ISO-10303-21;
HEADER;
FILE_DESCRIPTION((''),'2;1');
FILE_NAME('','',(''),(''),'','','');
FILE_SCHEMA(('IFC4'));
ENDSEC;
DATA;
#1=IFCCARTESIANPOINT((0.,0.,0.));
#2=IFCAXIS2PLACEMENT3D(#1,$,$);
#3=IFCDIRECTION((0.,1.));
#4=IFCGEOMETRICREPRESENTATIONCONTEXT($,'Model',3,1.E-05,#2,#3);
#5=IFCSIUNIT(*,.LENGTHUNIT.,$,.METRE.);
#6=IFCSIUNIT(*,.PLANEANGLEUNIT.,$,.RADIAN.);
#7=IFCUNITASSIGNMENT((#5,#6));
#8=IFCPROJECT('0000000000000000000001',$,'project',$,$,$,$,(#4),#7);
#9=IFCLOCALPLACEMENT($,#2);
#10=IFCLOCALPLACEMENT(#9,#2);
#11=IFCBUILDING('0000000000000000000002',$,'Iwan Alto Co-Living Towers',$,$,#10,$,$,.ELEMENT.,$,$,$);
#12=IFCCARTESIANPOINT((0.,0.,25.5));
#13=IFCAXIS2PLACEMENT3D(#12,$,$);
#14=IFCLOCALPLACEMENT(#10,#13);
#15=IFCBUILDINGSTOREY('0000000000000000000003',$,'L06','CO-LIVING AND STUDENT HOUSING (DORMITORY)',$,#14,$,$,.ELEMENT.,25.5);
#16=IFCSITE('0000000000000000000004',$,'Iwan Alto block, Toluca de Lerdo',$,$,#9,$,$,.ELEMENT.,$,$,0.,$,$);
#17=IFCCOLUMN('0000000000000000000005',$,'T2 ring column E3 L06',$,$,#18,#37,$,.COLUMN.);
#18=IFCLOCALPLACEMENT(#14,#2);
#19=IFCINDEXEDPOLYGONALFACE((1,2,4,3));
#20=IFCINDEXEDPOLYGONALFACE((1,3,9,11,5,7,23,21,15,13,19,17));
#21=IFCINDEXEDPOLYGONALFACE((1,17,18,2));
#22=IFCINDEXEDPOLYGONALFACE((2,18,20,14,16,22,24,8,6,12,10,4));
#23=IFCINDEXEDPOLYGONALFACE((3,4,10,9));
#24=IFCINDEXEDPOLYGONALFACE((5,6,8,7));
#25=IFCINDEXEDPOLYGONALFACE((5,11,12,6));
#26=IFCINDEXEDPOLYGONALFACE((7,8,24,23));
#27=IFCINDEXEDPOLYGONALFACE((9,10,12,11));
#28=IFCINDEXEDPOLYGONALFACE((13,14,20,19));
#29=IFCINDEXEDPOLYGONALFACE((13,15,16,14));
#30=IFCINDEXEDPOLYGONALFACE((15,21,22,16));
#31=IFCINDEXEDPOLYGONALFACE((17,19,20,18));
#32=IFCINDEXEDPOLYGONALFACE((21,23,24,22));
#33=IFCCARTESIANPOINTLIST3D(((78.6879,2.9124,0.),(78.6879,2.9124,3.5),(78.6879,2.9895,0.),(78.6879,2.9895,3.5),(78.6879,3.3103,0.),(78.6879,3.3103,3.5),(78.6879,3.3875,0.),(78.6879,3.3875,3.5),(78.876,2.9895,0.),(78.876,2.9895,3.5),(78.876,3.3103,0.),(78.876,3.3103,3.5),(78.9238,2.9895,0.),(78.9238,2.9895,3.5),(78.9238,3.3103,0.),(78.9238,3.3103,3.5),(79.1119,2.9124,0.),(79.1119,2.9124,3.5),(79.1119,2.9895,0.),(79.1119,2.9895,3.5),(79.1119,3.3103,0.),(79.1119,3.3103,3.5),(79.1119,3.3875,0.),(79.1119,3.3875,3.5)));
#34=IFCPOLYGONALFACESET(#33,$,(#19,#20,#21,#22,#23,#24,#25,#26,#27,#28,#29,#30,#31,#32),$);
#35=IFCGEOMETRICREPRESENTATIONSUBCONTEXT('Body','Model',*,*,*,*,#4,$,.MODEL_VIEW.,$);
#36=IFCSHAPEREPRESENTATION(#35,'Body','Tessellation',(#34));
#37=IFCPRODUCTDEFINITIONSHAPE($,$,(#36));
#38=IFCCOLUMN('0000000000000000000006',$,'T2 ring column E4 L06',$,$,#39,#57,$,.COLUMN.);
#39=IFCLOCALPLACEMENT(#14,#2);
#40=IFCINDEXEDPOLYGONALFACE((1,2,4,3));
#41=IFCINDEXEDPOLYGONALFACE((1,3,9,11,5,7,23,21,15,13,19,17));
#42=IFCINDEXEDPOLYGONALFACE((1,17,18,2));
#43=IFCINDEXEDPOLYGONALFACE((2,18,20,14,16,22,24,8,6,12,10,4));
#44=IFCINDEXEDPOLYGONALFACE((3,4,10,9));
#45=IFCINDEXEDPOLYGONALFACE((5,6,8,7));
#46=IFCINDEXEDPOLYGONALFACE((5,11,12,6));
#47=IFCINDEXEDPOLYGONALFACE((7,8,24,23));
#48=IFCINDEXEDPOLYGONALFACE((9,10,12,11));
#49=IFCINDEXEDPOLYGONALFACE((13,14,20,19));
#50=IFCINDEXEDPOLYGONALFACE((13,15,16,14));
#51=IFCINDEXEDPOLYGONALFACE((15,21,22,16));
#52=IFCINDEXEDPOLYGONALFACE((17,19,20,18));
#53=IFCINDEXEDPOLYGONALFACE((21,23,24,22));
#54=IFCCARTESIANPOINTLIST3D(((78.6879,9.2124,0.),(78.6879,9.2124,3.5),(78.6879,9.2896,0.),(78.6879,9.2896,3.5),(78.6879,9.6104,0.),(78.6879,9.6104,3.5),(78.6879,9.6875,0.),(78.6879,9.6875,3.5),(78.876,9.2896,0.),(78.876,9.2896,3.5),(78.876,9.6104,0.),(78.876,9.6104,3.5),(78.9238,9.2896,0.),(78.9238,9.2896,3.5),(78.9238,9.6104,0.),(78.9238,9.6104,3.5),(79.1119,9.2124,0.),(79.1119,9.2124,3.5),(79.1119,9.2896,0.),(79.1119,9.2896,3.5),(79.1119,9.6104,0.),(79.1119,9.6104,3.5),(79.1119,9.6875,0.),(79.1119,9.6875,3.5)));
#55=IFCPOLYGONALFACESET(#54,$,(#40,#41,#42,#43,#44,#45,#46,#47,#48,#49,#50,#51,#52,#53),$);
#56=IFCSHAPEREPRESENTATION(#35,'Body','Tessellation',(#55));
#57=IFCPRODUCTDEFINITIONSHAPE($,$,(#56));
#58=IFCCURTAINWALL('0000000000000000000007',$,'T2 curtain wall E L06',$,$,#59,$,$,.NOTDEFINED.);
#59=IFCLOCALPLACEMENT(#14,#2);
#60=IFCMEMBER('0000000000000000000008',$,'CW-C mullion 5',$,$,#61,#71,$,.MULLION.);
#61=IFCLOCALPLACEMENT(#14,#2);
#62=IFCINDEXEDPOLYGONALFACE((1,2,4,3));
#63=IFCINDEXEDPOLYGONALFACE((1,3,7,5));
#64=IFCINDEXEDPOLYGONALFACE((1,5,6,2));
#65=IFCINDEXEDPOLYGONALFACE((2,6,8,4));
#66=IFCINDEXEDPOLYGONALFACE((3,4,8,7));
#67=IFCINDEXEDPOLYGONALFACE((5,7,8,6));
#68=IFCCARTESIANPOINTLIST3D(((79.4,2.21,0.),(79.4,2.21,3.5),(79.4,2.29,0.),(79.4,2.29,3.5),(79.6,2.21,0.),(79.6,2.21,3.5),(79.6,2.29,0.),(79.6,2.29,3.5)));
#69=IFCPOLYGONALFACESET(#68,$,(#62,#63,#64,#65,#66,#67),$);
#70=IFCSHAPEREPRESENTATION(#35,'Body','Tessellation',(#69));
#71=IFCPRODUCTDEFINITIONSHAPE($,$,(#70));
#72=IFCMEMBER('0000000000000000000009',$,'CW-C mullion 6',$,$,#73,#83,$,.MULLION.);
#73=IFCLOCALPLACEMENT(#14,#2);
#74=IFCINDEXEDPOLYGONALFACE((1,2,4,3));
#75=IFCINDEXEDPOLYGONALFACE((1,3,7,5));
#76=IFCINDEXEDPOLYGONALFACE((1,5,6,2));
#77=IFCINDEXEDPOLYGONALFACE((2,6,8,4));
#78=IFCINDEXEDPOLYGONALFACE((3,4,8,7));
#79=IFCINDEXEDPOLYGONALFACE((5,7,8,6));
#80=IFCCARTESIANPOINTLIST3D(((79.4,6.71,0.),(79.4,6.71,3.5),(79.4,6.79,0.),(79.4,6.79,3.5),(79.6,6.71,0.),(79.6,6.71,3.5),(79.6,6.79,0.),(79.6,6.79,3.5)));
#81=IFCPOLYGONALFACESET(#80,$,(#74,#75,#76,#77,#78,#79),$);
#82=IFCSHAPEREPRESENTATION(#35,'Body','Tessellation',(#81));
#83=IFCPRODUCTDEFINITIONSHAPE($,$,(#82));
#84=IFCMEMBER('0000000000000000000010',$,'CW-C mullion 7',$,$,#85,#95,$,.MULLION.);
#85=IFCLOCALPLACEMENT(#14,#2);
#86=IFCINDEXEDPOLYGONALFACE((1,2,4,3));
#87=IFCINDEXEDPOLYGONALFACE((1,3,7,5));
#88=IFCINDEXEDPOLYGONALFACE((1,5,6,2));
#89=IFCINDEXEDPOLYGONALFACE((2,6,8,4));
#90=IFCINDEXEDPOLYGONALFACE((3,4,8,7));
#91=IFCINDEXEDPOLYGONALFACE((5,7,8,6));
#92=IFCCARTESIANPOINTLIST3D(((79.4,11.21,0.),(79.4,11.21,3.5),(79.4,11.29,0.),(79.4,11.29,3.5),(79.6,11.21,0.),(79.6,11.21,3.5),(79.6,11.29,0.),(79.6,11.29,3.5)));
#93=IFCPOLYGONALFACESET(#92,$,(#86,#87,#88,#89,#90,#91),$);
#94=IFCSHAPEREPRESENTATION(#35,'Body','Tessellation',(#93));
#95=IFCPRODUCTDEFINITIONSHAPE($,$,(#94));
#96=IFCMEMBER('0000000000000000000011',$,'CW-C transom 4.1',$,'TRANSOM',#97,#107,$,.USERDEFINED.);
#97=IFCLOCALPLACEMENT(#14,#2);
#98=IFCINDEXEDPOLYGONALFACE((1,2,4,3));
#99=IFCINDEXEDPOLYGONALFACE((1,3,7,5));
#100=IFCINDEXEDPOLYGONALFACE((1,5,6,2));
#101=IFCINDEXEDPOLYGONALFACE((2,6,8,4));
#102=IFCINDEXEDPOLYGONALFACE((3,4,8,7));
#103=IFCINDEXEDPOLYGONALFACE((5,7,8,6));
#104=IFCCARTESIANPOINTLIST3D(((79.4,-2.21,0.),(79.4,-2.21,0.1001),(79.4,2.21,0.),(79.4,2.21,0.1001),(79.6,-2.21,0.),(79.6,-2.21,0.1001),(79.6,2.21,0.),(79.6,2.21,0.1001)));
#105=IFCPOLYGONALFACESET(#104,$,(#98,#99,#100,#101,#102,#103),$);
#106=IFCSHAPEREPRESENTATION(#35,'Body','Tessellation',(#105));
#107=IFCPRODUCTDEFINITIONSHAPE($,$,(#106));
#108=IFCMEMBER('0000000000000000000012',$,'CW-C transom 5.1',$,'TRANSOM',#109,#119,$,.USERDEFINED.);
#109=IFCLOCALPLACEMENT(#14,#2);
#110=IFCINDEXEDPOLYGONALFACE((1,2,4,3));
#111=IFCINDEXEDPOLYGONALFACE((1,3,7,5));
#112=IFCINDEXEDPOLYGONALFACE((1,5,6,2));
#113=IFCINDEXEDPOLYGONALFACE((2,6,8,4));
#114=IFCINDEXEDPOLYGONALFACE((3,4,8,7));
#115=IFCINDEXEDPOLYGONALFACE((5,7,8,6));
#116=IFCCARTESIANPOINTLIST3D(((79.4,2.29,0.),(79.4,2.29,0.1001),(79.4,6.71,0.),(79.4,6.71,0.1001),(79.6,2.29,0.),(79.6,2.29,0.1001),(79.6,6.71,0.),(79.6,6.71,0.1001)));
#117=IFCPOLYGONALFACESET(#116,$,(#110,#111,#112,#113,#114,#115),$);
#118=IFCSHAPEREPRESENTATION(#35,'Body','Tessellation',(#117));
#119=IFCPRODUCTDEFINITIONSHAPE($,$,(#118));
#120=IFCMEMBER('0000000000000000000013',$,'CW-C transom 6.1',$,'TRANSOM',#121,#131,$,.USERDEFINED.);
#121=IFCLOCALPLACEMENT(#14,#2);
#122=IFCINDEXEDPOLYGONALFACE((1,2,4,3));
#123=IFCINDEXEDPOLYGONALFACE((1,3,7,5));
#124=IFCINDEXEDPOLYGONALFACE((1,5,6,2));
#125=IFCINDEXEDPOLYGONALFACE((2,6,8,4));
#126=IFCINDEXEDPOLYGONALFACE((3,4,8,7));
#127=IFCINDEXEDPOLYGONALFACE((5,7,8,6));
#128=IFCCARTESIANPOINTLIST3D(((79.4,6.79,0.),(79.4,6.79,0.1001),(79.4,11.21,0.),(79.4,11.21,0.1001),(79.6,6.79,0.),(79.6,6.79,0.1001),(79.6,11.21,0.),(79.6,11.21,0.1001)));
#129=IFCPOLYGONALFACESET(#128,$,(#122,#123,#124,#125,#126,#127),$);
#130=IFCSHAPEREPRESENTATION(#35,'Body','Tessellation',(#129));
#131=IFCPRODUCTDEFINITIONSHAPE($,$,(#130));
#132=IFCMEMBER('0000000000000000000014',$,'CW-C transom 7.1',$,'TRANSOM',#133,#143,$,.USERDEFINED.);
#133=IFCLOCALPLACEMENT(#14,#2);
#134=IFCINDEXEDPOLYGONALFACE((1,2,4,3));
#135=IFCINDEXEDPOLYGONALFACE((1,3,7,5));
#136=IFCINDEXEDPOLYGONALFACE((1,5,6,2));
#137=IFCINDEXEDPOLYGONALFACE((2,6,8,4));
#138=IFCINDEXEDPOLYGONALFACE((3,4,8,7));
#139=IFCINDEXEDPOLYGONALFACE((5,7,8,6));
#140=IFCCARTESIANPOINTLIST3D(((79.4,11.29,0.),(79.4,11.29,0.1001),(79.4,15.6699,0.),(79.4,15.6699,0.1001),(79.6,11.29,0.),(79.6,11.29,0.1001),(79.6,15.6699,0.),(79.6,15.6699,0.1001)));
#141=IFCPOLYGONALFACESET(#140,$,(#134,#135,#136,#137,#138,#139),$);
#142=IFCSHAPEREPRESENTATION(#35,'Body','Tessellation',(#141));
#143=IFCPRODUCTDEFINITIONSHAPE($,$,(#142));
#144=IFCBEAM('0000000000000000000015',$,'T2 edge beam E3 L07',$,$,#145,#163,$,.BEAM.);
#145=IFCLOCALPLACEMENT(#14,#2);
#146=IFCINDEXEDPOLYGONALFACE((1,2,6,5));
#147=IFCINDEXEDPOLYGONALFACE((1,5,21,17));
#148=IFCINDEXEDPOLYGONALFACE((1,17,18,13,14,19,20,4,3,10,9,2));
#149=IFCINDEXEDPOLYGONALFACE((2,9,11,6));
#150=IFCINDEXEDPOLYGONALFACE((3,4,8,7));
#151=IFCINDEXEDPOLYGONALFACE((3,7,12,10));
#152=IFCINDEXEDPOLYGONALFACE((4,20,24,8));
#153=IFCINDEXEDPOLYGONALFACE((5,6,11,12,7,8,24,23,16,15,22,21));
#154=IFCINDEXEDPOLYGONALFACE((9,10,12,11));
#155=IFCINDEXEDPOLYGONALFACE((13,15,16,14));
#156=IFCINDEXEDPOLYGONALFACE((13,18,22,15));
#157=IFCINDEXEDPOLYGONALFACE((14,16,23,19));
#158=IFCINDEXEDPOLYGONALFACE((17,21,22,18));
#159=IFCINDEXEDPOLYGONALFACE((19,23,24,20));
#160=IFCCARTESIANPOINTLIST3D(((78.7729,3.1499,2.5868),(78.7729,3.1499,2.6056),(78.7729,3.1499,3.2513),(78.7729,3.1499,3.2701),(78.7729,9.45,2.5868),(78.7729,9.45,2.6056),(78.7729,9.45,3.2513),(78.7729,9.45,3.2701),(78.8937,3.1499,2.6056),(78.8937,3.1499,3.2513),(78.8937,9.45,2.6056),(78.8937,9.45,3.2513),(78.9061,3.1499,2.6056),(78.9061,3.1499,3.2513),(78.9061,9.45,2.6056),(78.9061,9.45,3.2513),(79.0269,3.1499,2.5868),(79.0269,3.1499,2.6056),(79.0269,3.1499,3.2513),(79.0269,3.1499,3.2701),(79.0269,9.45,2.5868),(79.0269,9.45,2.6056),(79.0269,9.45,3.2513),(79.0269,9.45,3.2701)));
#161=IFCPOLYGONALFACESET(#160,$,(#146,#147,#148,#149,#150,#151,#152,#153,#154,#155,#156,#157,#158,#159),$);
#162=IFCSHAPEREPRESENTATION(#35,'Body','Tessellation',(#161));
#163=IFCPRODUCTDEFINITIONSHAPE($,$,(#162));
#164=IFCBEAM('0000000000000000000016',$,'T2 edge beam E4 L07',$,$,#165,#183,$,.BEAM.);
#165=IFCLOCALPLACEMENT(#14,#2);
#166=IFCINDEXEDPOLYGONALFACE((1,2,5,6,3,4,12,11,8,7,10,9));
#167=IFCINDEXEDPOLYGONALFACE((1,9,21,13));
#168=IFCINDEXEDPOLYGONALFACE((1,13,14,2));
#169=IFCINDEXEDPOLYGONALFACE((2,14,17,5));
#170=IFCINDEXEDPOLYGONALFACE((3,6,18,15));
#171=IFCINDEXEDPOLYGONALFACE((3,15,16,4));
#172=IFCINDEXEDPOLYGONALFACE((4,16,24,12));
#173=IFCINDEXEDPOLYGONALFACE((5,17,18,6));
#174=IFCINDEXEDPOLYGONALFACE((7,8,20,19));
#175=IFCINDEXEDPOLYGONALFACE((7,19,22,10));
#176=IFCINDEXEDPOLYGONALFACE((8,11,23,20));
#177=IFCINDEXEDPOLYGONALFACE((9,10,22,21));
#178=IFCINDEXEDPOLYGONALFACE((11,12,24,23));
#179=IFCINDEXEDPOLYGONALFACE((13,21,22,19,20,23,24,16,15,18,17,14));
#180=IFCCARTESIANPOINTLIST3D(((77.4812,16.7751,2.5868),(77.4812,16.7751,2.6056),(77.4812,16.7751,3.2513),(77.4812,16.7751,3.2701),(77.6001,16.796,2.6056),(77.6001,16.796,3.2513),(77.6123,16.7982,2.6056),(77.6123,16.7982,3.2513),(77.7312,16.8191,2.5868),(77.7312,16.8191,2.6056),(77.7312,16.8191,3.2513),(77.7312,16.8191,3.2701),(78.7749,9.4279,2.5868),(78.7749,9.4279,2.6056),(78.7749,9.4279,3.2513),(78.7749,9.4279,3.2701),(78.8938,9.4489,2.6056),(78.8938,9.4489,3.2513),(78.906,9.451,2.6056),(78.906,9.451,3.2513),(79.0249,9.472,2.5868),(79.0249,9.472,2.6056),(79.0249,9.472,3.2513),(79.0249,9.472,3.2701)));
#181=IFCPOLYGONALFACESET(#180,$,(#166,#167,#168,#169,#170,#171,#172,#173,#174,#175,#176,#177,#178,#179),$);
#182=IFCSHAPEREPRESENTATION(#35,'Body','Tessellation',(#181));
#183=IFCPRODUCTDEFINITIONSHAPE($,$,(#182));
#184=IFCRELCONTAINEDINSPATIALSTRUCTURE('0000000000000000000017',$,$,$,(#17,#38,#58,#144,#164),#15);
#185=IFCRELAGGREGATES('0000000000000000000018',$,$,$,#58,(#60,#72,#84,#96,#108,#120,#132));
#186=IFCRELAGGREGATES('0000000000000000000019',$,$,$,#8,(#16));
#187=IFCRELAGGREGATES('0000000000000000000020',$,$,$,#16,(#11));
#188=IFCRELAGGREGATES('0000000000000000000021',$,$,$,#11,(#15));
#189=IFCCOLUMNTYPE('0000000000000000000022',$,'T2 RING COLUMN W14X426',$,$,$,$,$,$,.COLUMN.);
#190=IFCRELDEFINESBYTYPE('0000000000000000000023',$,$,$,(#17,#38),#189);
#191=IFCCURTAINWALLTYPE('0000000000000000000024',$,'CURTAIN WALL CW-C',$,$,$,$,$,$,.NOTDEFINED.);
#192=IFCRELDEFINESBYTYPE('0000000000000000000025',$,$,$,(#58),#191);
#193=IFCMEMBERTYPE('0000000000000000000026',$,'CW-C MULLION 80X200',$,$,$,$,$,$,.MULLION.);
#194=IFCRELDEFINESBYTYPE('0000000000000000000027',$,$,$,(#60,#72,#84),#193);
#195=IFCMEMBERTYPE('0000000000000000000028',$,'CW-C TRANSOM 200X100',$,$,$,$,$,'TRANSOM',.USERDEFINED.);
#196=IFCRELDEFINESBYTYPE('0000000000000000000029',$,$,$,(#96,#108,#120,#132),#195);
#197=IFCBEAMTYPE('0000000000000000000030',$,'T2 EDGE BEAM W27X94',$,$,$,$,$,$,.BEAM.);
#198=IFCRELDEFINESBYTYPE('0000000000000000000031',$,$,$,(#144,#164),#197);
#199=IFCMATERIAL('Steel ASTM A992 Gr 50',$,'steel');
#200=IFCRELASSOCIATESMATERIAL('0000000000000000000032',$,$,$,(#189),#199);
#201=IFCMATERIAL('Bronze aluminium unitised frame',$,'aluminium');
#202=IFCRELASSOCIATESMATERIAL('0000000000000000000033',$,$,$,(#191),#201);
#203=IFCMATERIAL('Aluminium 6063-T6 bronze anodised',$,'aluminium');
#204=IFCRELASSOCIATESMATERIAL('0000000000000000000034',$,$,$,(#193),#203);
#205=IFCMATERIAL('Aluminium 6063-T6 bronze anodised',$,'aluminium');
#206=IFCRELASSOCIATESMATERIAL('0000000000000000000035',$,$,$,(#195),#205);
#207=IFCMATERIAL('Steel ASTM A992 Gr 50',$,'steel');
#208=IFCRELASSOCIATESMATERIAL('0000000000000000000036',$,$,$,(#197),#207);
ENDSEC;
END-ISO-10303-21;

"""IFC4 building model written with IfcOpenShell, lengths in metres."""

from ifc_helpers import new_model, si_unit, direction, frame, origin, origin_2d, place, context, subcontext, project, spatial, rectangle, i_section, extrude, material, material_profile, profile_set, type_object, element, aggregate, save


model = new_model("IFC4")

# Units and contexts
model_context = context("Model", 3, precision=1e-05, world=origin(), true_north=direction((0.0, 1.0)))
body_context = subcontext(model_context, "Body", "Model", "MODEL_VIEW")
ifc_project = project(units=[si_unit("LENGTHUNIT", "METRE"), si_unit("PLANEANGLEUNIT", "RADIAN")], contexts=[model_context])

# Site, building, storey
site_placement = place(None, origin())
site = spatial("IfcSite", under=ifc_project, at=site_placement, Name="Iwan Alto block, Toluca de Lerdo", CompositionType="ELEMENT", RefElevation=0.0)
building_placement = place(site_placement, origin())
building = spatial("IfcBuilding", under=site, at=building_placement, Name="Iwan Alto Co-Living Towers", CompositionType="ELEMENT")
storey_placement = place(building_placement, frame((0.0, 0.0, 25.5)))
storey = spatial("IfcBuildingStorey", under=building, at=storey_placement, Name="L06", Description="CO-LIVING AND STUDENT HOUSING (DORMITORY)", CompositionType="ELEMENT", Elevation=25.5)

# Columns
ifc_material_1 = material(Name="Steel ASTM A992 Gr 50", Category="steel")
ifc_material_profile_1 = material_profile(ifc_material_1, i_section(OverallWidth=0.4241, OverallDepth=0.4751, WebThickness=0.0479, FlangeThickness=0.0771, at=origin_2d()), Name="W14X426")
ifc_profile_set_1 = profile_set([ifc_material_profile_1], Name="Steel ASTM A992 Gr 50")
column_type = type_object("IfcColumnType", Name="T2 RING COLUMN W14X426", PredefinedType="COLUMN", material=ifc_profile_set_1)
for number, where, z_axis, x_axis, name in (
    (1, (78.8999, 3.1499, 0.0), (0.0, 0.0, 1.0), (1.0, 0.0, 0.0), "T2 ring column E3 L06"),
    (2, (78.8999, 9.45, 0.0), (0.0, 0.0, 1.0), (1.0, 0.0, 0.0), "T2 ring column E4 L06"),
):
    element("IfcColumn", number, at=place(storey_placement, frame(where, z_axis=z_axis, x_axis=x_axis)), inside=storey, type_object=column_type, Name=name, PredefinedType="COLUMN", context=body_context, shape_type="SweptSolid", body=[
        extrude(i_section(OverallWidth=0.4241, OverallDepth=0.4751, WebThickness=0.0479, FlangeThickness=0.0771, at=origin_2d()), origin(), (0.0, 0.0, 1.0), 3.5),
    ])

# Curtain wall, members
ifc_material_2 = material(Name="Bronze aluminium unitised frame", Category="aluminium")
curtain_wall_type = type_object("IfcCurtainWallType", Name="CURTAIN WALL CW-C", PredefinedType="NOTDEFINED", material=ifc_material_2)
curtain_wall_placement = place(storey_placement, origin())
curtain_wall = element("IfcCurtainWall", 3, at=curtain_wall_placement, inside=storey, type_object=curtain_wall_type, Name="T2 curtain wall E L06", PredefinedType="NOTDEFINED")
ifc_material_3 = material(Name="Aluminium 6063-T6 bronze anodised", Category="aluminium")
ifc_material_profile_2 = material_profile(ifc_material_3, rectangle(XDim=0.2, YDim=0.0801, at=origin_2d()), Name="AL 80X200")
ifc_profile_set_2 = profile_set([ifc_material_profile_2], Name="Aluminium 6063-T6 bronze anodised")
member_type_1 = type_object("IfcMemberType", Name="CW-C MULLION 80X200", PredefinedType="MULLION", material=ifc_profile_set_2)
member_1_placement = place(storey_placement, frame((79.5, 2.25, 0.0), z_axis=(0.0, 0.0, 1.0), x_axis=(-1.0, 0.0, 0.0)))
member_1 = element("IfcMember", 4, at=member_1_placement, type_object=member_type_1, Name="CW-C mullion 5", PredefinedType="MULLION", context=body_context, shape_type="SweptSolid", body=[
    extrude(rectangle(XDim=0.2, YDim=0.0801, at=origin_2d()), origin(), (0.0, 0.0, 1.0), 3.5),
])
member_2_placement = place(storey_placement, frame((79.5, 6.75, 0.0), z_axis=(0.0, 0.0, 1.0), x_axis=(-1.0, 0.0, 0.0)))
member_2 = element("IfcMember", 5, at=member_2_placement, type_object=member_type_1, Name="CW-C mullion 6", PredefinedType="MULLION", context=body_context, shape_type="SweptSolid", body=[
    extrude(rectangle(XDim=0.2, YDim=0.0801, at=origin_2d()), origin(), (0.0, 0.0, 1.0), 3.5),
])
member_3_placement = place(storey_placement, frame((79.5, 11.25, 0.0), z_axis=(0.0, 0.0, 1.0), x_axis=(-1.0, 0.0, 0.0)))
member_3 = element("IfcMember", 6, at=member_3_placement, type_object=member_type_1, Name="CW-C mullion 7", PredefinedType="MULLION", context=body_context, shape_type="SweptSolid", body=[
    extrude(rectangle(XDim=0.2, YDim=0.0801, at=origin_2d()), origin(), (0.0, 0.0, 1.0), 3.5),
])
ifc_material_4 = material(Name="Aluminium 6063-T6 bronze anodised", Category="aluminium")
ifc_material_profile_3 = material_profile(ifc_material_4, rectangle(XDim=0.2, YDim=0.1001, at=origin_2d()), Name="AL 200X100")
ifc_profile_set_3 = profile_set([ifc_material_profile_3], Name="Aluminium 6063-T6 bronze anodised")
member_type_2 = type_object("IfcMemberType", Name="CW-C TRANSOM 200X100", ElementType="TRANSOM", PredefinedType="USERDEFINED", material=ifc_profile_set_3)
member_4_placement = place(storey_placement, frame((79.5, -2.21, 0.05), z_axis=(0.0, 1.0, 0.0), x_axis=(-1.0, 0.0, 0.0)))
member_4 = element("IfcMember", 7, at=member_4_placement, type_object=member_type_2, Name="CW-C transom 4.1", ObjectType="TRANSOM", PredefinedType="USERDEFINED", context=body_context, shape_type="SweptSolid", body=[
    extrude(rectangle(XDim=0.2, YDim=0.1001, at=origin_2d()), origin(), (0.0, 0.0, 1.0), 4.4199),
])
member_5_placement = place(storey_placement, frame((79.5, 2.29, 0.05), z_axis=(0.0, 1.0, 0.0), x_axis=(-1.0, 0.0, 0.0)))
member_5 = element("IfcMember", 8, at=member_5_placement, type_object=member_type_2, Name="CW-C transom 5.1", ObjectType="TRANSOM", PredefinedType="USERDEFINED", context=body_context, shape_type="SweptSolid", body=[
    extrude(rectangle(XDim=0.2, YDim=0.1001, at=origin_2d()), origin(), (0.0, 0.0, 1.0), 4.4199),
])
member_6_placement = place(storey_placement, frame((79.5, 6.79, 0.05), z_axis=(0.0, 1.0, 0.0), x_axis=(-1.0, 0.0, 0.0)))
member_6 = element("IfcMember", 9, at=member_6_placement, type_object=member_type_2, Name="CW-C transom 6.1", ObjectType="TRANSOM", PredefinedType="USERDEFINED", context=body_context, shape_type="SweptSolid", body=[
    extrude(rectangle(XDim=0.2, YDim=0.1001, at=origin_2d()), origin(), (0.0, 0.0, 1.0), 4.4199),
])
member_7_placement = place(storey_placement, frame((79.5, 11.29, 0.05), z_axis=(0.0, 1.0, 0.0), x_axis=(-1.0, 0.0, 0.0)))
member_7 = element("IfcMember", 10, at=member_7_placement, type_object=member_type_2, Name="CW-C transom 7.1", ObjectType="TRANSOM", PredefinedType="USERDEFINED", context=body_context, shape_type="SweptSolid", body=[
    extrude(rectangle(XDim=0.2, YDim=0.1001, at=origin_2d()), origin(), (0.0, 0.0, 1.0), 4.3799),
])

# Beams
ifc_material_5 = material(Name="Steel ASTM A992 Gr 50", Category="steel")
ifc_material_profile_4 = material_profile(ifc_material_5, i_section(OverallWidth=0.2539, OverallDepth=0.6833, WebThickness=0.0125, FlangeThickness=0.0188, at=origin_2d()), Name="W27X94")
ifc_profile_set_4 = profile_set([ifc_material_profile_4], Name="Steel ASTM A992 Gr 50")
beam_type_1 = type_object("IfcBeamType", Name="T2 EDGE BEAM W27X94", PredefinedType="BEAM", material=ifc_profile_set_4)
beam_1_placement = place(storey_placement, frame((78.8999, 3.1499, 2.9285), z_axis=(0.0, 1.0, 0.0), x_axis=(-1.0, 0.0, 0.0)))
element("IfcBeam", 11, at=beam_1_placement, inside=storey, type_object=beam_type_1, Name="T2 edge beam E3 L07", PredefinedType="BEAM", context=body_context, shape_type="SweptSolid", body=[
    extrude(i_section(OverallWidth=0.2539, OverallDepth=0.6833, WebThickness=0.0125, FlangeThickness=0.0188, at=origin_2d()), origin(), (0.0, 0.0, 1.0), 6.3),
])
beam_2_placement = place(storey_placement, frame((78.8999, 9.45, 2.9285), z_axis=(-0.173414, 0.984849, 0.0), x_axis=(-0.984849, -0.173414, 0.0)))
element("IfcBeam", 12, at=beam_2_placement, inside=storey, type_object=beam_type_1, Name="T2 edge beam E4 L07", PredefinedType="BEAM", context=body_context, shape_type="SweptSolid", body=[
    extrude(i_section(OverallWidth=0.2539, OverallDepth=0.6833, WebThickness=0.0125, FlangeThickness=0.0188, at=origin_2d()), origin(), (0.0, 0.0, 1.0), 7.4602),
])

aggregate(curtain_wall, [member_1, member_2, member_3, member_4, member_5, member_6, member_7])

save(model, "model.ifc")
